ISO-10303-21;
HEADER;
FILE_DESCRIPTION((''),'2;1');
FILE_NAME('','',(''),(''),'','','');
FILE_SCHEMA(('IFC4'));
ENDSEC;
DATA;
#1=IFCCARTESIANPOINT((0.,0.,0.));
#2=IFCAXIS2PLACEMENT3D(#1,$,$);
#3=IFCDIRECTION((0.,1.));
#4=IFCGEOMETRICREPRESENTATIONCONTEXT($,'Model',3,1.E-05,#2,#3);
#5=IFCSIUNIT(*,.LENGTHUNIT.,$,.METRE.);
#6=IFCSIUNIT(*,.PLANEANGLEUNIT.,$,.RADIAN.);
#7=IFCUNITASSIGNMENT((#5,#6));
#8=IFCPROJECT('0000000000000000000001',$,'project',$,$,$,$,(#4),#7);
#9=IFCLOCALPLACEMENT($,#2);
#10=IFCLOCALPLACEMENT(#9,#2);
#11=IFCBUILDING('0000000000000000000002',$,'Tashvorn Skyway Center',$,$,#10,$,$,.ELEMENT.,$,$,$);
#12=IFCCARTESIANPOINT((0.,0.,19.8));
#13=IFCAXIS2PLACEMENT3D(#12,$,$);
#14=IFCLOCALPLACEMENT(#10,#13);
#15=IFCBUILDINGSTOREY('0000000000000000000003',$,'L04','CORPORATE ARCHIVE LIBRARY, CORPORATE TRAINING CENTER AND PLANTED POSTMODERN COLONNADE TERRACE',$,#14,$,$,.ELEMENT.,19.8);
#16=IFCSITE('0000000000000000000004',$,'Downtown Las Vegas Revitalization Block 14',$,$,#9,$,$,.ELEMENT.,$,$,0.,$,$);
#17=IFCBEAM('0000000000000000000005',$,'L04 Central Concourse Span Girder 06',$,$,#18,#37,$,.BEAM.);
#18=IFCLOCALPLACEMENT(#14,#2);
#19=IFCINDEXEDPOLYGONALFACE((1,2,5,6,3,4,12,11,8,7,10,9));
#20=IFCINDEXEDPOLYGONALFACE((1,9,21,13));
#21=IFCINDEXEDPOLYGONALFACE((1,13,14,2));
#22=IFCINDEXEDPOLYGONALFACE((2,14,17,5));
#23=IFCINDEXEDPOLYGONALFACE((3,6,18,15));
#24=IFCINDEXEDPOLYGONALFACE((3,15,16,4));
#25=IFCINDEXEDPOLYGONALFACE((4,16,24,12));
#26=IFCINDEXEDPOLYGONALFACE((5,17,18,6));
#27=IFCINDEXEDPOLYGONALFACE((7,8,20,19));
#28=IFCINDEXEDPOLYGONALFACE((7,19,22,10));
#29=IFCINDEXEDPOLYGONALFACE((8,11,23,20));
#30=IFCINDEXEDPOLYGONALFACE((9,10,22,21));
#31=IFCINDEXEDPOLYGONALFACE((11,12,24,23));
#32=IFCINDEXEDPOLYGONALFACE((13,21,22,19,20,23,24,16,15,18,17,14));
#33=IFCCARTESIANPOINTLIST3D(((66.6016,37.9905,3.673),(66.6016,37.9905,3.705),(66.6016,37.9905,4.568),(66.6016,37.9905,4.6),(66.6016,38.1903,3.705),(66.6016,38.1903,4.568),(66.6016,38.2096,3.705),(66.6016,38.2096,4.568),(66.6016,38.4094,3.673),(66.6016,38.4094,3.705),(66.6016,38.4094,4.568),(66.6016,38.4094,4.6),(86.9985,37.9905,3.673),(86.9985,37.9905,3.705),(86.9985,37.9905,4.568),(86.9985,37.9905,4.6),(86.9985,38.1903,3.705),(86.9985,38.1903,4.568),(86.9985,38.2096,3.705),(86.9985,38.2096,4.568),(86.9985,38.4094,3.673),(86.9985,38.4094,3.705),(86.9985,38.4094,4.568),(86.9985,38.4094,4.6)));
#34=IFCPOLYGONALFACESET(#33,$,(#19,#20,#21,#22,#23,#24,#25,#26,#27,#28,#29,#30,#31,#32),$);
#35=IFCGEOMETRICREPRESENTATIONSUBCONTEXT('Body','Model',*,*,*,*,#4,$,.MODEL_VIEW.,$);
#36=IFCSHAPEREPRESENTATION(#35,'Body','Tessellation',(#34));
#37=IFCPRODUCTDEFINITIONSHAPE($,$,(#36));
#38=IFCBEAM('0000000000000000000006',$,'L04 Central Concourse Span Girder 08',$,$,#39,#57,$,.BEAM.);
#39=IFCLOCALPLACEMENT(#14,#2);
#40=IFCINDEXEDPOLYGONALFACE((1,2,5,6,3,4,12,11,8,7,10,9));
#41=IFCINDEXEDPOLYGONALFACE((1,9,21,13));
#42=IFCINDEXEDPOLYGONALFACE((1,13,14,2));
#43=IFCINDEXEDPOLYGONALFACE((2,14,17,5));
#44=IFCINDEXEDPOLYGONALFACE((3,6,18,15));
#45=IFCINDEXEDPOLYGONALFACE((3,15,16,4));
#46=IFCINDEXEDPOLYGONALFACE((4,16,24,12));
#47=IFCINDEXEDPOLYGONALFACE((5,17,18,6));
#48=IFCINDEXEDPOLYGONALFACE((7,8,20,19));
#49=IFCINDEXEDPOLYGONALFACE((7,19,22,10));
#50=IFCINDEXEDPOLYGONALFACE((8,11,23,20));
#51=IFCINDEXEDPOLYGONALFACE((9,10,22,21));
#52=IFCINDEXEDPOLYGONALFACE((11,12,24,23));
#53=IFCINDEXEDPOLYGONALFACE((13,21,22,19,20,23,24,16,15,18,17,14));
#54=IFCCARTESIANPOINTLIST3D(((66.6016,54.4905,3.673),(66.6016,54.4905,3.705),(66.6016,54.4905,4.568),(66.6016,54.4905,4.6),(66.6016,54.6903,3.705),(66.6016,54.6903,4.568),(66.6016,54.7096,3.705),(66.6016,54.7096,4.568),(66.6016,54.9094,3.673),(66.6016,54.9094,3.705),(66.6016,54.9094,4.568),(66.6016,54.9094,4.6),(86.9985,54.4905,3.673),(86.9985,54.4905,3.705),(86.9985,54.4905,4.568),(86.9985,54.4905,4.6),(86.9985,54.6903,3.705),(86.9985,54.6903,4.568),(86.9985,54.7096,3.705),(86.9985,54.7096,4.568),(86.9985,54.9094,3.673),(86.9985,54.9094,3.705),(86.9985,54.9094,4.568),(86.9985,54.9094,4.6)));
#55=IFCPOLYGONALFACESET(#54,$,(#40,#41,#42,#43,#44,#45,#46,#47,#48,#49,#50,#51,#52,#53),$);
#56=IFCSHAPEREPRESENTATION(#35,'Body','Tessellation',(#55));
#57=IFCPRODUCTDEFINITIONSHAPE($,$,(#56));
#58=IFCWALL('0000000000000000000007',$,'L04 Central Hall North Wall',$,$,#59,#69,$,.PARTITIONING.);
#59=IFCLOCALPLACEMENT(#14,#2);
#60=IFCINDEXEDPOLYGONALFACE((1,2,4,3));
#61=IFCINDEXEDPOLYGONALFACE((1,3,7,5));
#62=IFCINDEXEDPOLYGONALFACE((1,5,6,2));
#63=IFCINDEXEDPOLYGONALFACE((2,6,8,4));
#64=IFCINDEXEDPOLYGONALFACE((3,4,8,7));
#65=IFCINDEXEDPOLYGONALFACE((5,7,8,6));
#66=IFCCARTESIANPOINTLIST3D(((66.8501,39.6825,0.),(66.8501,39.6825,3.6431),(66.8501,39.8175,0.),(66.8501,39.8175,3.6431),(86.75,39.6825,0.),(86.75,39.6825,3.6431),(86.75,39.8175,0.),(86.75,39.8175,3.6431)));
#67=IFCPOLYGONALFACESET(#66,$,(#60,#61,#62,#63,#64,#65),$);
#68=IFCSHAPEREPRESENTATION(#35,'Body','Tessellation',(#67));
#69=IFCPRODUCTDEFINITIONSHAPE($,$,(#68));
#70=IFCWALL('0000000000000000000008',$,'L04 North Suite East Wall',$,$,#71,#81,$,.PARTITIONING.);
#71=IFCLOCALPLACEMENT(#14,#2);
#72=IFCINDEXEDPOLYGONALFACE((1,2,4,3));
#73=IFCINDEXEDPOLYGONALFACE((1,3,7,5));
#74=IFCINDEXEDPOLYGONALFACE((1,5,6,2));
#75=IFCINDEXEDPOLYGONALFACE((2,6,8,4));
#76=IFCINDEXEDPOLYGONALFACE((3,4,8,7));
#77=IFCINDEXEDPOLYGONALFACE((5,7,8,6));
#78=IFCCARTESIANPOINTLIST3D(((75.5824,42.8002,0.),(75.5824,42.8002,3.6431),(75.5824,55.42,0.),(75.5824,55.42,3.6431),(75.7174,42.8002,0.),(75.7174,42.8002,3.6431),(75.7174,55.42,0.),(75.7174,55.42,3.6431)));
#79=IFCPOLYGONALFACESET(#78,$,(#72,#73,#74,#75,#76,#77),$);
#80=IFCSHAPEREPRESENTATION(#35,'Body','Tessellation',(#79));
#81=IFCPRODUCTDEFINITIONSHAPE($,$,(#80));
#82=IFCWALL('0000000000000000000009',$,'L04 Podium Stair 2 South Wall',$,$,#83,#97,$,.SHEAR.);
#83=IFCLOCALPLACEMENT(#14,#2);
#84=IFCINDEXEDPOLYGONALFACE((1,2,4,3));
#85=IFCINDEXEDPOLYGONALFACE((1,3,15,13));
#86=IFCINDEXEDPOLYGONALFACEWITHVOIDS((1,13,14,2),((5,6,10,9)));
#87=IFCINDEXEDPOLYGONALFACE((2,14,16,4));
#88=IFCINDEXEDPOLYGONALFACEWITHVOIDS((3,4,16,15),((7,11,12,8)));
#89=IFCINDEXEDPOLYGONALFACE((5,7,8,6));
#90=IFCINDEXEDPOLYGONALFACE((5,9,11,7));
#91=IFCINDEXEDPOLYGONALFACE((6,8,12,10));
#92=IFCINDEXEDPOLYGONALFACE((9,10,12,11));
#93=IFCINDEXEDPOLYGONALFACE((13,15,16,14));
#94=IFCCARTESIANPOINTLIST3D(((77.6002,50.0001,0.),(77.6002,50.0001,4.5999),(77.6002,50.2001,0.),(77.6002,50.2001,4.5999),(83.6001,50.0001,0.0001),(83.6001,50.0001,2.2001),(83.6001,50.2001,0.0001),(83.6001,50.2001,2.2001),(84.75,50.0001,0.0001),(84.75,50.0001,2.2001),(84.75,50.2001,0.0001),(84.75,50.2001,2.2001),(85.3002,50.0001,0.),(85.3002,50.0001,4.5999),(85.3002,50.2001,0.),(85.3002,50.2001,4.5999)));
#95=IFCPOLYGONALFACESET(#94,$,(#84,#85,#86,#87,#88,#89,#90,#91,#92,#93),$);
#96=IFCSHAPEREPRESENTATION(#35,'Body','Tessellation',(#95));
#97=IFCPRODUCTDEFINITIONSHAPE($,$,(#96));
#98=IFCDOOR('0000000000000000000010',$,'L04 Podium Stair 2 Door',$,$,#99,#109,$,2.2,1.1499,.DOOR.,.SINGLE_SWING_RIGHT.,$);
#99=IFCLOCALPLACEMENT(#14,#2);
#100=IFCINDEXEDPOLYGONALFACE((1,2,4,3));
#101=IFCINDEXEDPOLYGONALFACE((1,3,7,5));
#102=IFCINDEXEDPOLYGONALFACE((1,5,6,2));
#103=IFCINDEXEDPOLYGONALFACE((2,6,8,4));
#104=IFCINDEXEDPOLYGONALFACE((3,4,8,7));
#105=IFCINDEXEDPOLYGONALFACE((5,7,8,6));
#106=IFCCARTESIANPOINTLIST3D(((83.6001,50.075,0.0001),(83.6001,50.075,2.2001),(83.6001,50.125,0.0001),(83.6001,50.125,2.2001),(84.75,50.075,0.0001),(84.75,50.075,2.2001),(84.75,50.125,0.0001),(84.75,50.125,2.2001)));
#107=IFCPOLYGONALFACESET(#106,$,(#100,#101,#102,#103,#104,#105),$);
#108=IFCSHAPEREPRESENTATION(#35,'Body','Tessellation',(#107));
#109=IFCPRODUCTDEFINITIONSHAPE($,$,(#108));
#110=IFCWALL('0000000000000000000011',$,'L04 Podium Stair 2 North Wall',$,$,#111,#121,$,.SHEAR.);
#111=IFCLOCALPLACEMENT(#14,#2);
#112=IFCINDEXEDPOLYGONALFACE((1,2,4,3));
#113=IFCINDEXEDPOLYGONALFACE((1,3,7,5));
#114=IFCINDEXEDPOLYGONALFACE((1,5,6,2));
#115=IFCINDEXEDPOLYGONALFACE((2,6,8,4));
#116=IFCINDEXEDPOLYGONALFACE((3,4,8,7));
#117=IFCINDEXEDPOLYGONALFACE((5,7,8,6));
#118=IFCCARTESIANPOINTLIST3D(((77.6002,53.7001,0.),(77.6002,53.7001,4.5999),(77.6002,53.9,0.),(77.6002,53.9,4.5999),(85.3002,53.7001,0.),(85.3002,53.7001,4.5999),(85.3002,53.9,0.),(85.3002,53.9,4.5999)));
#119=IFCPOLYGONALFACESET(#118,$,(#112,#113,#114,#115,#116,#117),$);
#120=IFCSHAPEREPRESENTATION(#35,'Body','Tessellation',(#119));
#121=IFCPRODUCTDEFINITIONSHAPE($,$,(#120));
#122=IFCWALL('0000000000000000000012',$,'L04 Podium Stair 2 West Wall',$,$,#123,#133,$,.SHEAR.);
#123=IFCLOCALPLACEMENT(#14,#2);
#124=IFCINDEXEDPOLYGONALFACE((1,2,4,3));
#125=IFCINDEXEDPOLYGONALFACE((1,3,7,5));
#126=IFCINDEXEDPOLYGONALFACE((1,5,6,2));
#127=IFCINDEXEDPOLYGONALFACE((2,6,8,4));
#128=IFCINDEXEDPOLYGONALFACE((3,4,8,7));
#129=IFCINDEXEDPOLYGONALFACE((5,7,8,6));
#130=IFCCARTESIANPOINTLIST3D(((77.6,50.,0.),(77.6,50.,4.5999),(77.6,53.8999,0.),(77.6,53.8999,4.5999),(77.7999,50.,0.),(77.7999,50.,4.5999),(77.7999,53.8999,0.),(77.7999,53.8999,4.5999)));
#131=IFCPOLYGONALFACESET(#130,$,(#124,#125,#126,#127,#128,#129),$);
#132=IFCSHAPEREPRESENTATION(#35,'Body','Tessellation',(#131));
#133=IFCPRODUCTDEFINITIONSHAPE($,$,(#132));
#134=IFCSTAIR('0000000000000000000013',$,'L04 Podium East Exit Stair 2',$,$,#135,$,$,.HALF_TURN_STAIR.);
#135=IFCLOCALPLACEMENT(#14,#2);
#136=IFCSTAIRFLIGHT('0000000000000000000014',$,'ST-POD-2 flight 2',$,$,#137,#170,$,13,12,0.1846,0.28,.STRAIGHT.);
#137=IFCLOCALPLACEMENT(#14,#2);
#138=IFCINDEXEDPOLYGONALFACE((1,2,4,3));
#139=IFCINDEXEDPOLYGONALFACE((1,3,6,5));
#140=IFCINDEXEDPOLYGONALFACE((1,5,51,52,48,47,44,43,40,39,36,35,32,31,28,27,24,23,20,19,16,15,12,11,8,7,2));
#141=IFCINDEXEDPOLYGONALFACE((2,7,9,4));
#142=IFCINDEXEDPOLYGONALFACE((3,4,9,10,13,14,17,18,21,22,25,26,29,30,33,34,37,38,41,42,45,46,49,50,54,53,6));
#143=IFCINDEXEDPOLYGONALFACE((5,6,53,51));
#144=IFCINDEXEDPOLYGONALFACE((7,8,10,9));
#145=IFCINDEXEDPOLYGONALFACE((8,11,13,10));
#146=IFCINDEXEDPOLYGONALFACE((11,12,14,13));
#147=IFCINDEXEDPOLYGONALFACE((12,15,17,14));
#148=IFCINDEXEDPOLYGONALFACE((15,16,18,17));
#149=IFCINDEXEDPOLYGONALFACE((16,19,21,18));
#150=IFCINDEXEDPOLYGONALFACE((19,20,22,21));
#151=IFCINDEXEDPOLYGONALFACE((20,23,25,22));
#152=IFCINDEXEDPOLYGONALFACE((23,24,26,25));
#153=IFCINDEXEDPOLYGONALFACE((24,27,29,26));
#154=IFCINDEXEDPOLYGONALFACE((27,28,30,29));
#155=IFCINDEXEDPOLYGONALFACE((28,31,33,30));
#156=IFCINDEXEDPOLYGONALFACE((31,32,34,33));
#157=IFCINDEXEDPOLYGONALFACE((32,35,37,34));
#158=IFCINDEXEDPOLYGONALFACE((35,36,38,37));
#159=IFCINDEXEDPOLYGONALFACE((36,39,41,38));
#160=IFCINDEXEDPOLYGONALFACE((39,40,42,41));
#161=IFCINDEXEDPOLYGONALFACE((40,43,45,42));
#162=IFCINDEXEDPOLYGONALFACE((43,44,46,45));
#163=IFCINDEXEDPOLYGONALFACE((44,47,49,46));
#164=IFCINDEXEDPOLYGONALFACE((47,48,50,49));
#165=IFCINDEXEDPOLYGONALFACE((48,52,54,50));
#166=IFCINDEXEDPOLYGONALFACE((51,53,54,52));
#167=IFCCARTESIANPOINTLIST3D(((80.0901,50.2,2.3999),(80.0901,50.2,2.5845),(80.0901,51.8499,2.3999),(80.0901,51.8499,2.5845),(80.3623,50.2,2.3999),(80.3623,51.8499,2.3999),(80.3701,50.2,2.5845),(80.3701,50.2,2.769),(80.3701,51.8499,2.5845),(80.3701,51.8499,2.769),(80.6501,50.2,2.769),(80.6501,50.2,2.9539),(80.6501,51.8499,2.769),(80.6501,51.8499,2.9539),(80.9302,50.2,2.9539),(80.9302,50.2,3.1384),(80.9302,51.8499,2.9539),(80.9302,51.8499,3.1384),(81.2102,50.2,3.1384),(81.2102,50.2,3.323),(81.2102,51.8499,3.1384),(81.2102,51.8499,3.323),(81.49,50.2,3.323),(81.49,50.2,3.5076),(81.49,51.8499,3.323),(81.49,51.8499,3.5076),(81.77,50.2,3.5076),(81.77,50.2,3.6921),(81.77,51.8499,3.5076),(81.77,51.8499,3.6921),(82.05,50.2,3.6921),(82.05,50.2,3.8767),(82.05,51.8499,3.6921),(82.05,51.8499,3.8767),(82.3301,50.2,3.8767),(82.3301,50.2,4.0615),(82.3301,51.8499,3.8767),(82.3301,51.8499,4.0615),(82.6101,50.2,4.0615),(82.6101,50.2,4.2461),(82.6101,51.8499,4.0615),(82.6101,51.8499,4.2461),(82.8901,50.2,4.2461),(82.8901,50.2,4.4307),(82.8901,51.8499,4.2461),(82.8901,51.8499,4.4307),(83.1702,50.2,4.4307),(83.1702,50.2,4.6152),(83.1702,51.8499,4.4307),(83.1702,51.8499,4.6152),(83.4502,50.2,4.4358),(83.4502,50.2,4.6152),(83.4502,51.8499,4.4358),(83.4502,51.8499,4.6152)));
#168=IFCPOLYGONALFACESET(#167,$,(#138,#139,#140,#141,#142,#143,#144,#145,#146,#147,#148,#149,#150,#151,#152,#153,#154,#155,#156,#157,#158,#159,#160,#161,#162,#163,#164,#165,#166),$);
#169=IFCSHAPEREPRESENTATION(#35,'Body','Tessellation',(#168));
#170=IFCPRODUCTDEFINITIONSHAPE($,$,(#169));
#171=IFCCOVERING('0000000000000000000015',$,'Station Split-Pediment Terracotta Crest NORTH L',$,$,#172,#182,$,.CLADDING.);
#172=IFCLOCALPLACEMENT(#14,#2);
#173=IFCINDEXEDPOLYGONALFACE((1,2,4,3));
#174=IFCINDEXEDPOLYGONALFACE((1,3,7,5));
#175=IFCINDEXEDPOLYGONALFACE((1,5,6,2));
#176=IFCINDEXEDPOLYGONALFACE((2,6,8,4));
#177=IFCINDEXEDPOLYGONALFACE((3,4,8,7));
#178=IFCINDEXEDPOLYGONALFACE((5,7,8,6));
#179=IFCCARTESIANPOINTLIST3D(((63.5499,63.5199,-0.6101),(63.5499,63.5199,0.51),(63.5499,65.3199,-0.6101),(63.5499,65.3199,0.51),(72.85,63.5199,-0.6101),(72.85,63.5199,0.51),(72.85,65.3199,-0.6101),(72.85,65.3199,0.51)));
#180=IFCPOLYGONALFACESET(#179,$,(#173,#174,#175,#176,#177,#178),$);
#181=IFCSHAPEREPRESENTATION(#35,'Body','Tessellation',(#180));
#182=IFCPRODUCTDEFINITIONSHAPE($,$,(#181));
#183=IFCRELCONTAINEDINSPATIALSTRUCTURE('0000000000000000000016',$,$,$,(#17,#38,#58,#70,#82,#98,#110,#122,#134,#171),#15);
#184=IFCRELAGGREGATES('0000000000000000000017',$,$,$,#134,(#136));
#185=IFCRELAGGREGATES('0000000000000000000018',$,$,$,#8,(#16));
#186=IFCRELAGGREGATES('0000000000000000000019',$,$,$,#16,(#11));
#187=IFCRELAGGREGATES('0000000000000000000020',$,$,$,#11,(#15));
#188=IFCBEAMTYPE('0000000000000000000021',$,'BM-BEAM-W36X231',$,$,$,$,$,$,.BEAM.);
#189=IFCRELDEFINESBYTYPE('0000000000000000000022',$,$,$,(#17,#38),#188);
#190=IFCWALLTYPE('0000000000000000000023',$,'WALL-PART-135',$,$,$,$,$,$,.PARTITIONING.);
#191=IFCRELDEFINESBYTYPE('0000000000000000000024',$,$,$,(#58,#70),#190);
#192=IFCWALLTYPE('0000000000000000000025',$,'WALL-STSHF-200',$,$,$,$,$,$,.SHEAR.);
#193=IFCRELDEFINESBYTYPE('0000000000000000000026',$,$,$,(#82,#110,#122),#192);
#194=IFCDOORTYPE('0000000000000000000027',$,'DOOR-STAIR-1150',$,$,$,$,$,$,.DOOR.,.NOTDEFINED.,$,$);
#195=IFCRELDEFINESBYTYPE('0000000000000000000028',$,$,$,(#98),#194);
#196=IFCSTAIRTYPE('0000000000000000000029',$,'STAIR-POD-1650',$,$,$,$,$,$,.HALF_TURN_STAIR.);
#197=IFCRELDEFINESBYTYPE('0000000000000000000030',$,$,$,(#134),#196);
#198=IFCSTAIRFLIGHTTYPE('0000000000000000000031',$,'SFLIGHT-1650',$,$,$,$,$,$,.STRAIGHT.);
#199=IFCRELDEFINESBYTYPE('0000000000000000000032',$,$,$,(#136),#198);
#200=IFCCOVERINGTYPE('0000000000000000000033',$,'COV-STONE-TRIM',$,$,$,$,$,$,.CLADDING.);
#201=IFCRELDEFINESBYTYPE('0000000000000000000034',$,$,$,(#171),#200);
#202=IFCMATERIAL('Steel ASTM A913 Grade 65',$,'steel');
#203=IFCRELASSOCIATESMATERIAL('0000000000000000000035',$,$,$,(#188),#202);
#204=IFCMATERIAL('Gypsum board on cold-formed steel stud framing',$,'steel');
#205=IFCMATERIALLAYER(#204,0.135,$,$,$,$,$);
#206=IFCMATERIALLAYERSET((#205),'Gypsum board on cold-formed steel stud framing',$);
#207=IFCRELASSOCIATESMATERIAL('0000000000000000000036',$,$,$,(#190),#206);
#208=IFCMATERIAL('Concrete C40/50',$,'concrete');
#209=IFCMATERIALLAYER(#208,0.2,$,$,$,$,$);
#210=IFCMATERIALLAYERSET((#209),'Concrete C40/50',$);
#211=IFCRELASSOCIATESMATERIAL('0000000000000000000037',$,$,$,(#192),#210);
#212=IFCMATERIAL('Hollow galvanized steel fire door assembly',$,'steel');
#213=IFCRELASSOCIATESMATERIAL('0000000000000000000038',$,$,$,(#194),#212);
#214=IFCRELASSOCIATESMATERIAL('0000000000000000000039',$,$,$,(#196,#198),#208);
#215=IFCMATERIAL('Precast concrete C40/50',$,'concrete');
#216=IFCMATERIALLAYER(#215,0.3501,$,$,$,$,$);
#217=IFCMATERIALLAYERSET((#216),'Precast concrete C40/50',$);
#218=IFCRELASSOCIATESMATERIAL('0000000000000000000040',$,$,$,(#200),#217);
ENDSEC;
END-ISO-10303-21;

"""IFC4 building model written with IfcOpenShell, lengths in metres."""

from ifc_helpers import new_model, si_unit, direction, frame, frame_2d, origin, origin_2d, place, context, subcontext, project, spatial, polyline, rectangle, i_section, outline, extrude, material, layer, layer_set, material_profile, profile_set, type_object, element, fill, aggregate, save


model = new_model("IFC4")

# Units and contexts
model_context = context("Model", 3, precision=1e-05, world=origin(), true_north=direction((0.0, 1.0)))
body_context = subcontext(model_context, "Body", "Model", "MODEL_VIEW")
ifc_project = project(units=[si_unit("LENGTHUNIT", "METRE"), si_unit("PLANEANGLEUNIT", "RADIAN")], contexts=[model_context])

# Site, building, storey
site_placement = place(None, origin())
site = spatial("IfcSite", under=ifc_project, at=site_placement, Name="Downtown Las Vegas Revitalization Block 14", CompositionType="ELEMENT", RefElevation=0.0)
building_placement = place(site_placement, origin())
building = spatial("IfcBuilding", under=site, at=building_placement, Name="Tashvorn Skyway Center", CompositionType="ELEMENT")
storey_placement = place(building_placement, frame((0.0, 0.0, 19.8)))
storey = spatial("IfcBuildingStorey", under=building, at=storey_placement, Name="L04", Description="CORPORATE ARCHIVE LIBRARY, CORPORATE TRAINING CENTER AND PLANTED POSTMODERN COLONNADE TERRACE", CompositionType="ELEMENT", Elevation=19.8)

# Beams
ifc_material_1 = material(Name="Steel ASTM A913 Grade 65", Category="steel")
ifc_material_profile_1 = material_profile(ifc_material_1, i_section(OverallWidth=0.4189, OverallDepth=0.927, WebThickness=0.0193, FlangeThickness=0.032, at=origin_2d()), Name="W36X231")
ifc_profile_set_1 = profile_set([ifc_material_profile_1], Name="Steel ASTM A913 Grade 65")
beam_type_1 = type_object("IfcBeamType", Name="BM-BEAM-W36X231", PredefinedType="BEAM", material=ifc_profile_set_1)
for number, where, z_axis, x_axis, name in (
    (1, (66.6016, 38.2, 4.1365), (1.0, 0.0, 0.0), (0.0, 1.0, 0.0), "L04 Central Concourse Span Girder 06"),
    (2, (66.6016, 54.7, 4.1365), (1.0, 0.0, 0.0), (0.0, 1.0, 0.0), "L04 Central Concourse Span Girder 08"),
):
    element("IfcBeam", number, at=place(storey_placement, frame(where, z_axis=z_axis, x_axis=x_axis)), inside=storey, type_object=beam_type_1, Name=name, PredefinedType="BEAM", context=body_context, shape_type="SweptSolid", body=[
        extrude(i_section(OverallWidth=0.4189, OverallDepth=0.927, WebThickness=0.0193, FlangeThickness=0.032, at=origin_2d()), origin(), (0.0, 0.0, 1.0), 20.397),
    ])

# Walls
ifc_material_2 = material(Name="Gypsum board on cold-formed steel stud framing", Category="steel")
ifc_layer_1 = layer(ifc_material_2, 0.135)
ifc_layer_set_1 = layer_set([ifc_layer_1], Name="Gypsum board on cold-formed steel stud framing")
wall_type_1 = type_object("IfcWallType", Name="WALL-PART-135", PredefinedType="PARTITIONING", material=ifc_layer_set_1)
wall_1_placement = place(storey_placement, frame((66.8501, 39.75, 0.0), z_axis=(0.0, 0.0, 1.0), x_axis=(1.0, 0.0, 0.0)))
element("IfcWall", 3, at=wall_1_placement, inside=storey, type_object=wall_type_1, Name="L04 Central Hall North Wall", PredefinedType="PARTITIONING", context=body_context, shape_type="SweptSolid", body=[
    extrude(rectangle(XDim=19.8999, YDim=0.135, at=frame_2d((9.95, 0.0))), origin(), (0.0, 0.0, 1.0), 3.6431),
])
wall_2_placement = place(storey_placement, frame((75.6499, 42.8, 0.0), z_axis=(0.0, 0.0, 1.0), x_axis=(0.0, 1.0, 0.0)))
element("IfcWall", 4, at=wall_2_placement, inside=storey, type_object=wall_type_1, Name="L04 North Suite East Wall", PredefinedType="PARTITIONING", context=body_context, shape_type="SweptSolid", body=[
    extrude(rectangle(XDim=12.6199, YDim=0.135, at=frame_2d((6.3101, 0.0))), origin(), (0.0, 0.0, 1.0), 3.6431),
])

# Wall, opening, door
ifc_material_3 = material(Name="Concrete C40/50", Category="concrete")
ifc_layer_2 = layer(ifc_material_3, 0.2)
ifc_layer_set_2 = layer_set([ifc_layer_2], Name="Concrete C40/50")
wall_type_2 = type_object("IfcWallType", Name="WALL-STSHF-200", PredefinedType="SHEAR", material=ifc_layer_set_2)
wall_3_placement = place(storey_placement, frame((77.6001, 50.1001, 0.0), z_axis=(0.0, 0.0, 1.0), x_axis=(1.0, 0.0, 0.0)))
wall_3 = element("IfcWall", 5, at=wall_3_placement, inside=storey, type_object=wall_type_2, Name="L04 Podium Stair 2 South Wall", PredefinedType="SHEAR", context=body_context, shape_type="SweptSolid", body=[
    extrude(rectangle(XDim=7.7, YDim=0.2, at=frame_2d((3.8501, 0.0))), origin(), (0.0, 0.0, 1.0), 4.5999),
])
opening_placement = place(wall_3_placement, frame((6.0, 0.0, 0.0)))
opening = element("IfcOpeningElement", 6, at=opening_placement, cuts=wall_3, PredefinedType="OPENING", context=body_context, shape_type="SweptSolid", body=[
    extrude(rectangle(XDim=1.1499, YDim=2.2, at=frame_2d((0.575, 1.1001))), frame((0.0, 0.1099, 0.0), z_axis=(0.0, -1.0, 0.0), x_axis=(1.0, 0.0, 0.0)), (0.0, 0.0, 1.0), 0.22),
])
ifc_material_4 = material(Name="Hollow galvanized steel fire door assembly", Category="steel")
door_type = type_object("IfcDoorType", Name="DOOR-STAIR-1150", OperationType="NOTDEFINED", PredefinedType="DOOR", material=ifc_material_4)
door_placement = place(opening_placement, origin())
door = element("IfcDoor", 7, at=door_placement, inside=storey, type_object=door_type, Name="L04 Podium Stair 2 Door", OperationType="SINGLE_SWING_RIGHT", OverallHeight=2.2, OverallWidth=1.1499, PredefinedType="DOOR", context=body_context, shape_type="SweptSolid", body=[
    extrude(rectangle(XDim=1.1499, YDim=2.2, at=frame_2d((0.575, 1.1001))), frame((0.0, 0.0249, 0.0), z_axis=(0.0, -1.0, 0.0), x_axis=(1.0, 0.0, 0.0)), (0.0, 0.0, 1.0), 0.05),
])
fill(opening, door)

# Walls
wall_4_placement = place(storey_placement, frame((77.6001, 53.8, 0.0), z_axis=(0.0, 0.0, 1.0), x_axis=(1.0, 0.0, 0.0)))
element("IfcWall", 8, at=wall_4_placement, inside=storey, type_object=wall_type_2, Name="L04 Podium Stair 2 North Wall", PredefinedType="SHEAR", context=body_context, shape_type="SweptSolid", body=[
    extrude(rectangle(XDim=7.7, YDim=0.2, at=frame_2d((3.8501, 0.0))), origin(), (0.0, 0.0, 1.0), 4.5999),
])
wall_5_placement = place(storey_placement, frame((77.7, 50.0, 0.0), z_axis=(0.0, 0.0, 1.0), x_axis=(0.0, 1.0, 0.0)))
element("IfcWall", 9, at=wall_5_placement, inside=storey, type_object=wall_type_2, Name="L04 Podium Stair 2 West Wall", PredefinedType="SHEAR", context=body_context, shape_type="SweptSolid", body=[
    extrude(rectangle(XDim=3.8999, YDim=0.2, at=frame_2d((1.95, 0.0))), origin(), (0.0, 0.0, 1.0), 4.5999),
])

# Stair, stair flight
stair_type = type_object("IfcStairType", Name="STAIR-POD-1650", PredefinedType="HALF_TURN_STAIR", material=ifc_material_3)
stair_placement = place(storey_placement, origin())
stair = element("IfcStair", 10, at=stair_placement, inside=storey, type_object=stair_type, Name="L04 Podium East Exit Stair 2", PredefinedType="HALF_TURN_STAIR")
stair_flight_type = type_object("IfcStairFlightType", Name="SFLIGHT-1650", PredefinedType="STRAIGHT", material=ifc_material_3)
stair_flight_placement = place(storey_placement, frame((80.0901, 51.0249, 2.3999), z_axis=(0.0, 0.0, 1.0), x_axis=(1.0, 0.0, 0.0)))
stair_flight = element("IfcStairFlight", 11, at=stair_flight_placement, type_object=stair_flight_type, Name="ST-POD-2 flight 2", NumberOfRisers=13, NumberOfTreads=12, PredefinedType="STRAIGHT", RiserHeight=0.1846, TreadLength=0.28, context=body_context, shape_type="SweptSolid", body=[
    extrude(outline(polyline([(0.0, 0.0), (0.0, 0.1846), (0.28, 0.1846), (0.28, 0.3691), (0.5601, 0.3691), (0.5601, 0.554), (0.8401, 0.554), (0.8401, 0.7385), (1.1201, 0.7385), (1.1201, 0.9231), (1.3999, 0.9231), (1.3999, 1.1077), (1.6799, 1.1077), (1.6799, 1.2922), (1.96, 1.2922), (1.96, 1.4768), (2.24, 1.4768), (2.24, 1.6616), (2.52, 1.6616), (2.52, 1.8462), (2.8, 1.8462), (2.8, 2.0308), (3.0801, 2.0308), (3.0801, 2.2153), (3.3601, 2.2153), (3.3601, 2.3999), (3.3601, 2.0359), (0.2722, 0.0), (0.0, 0.0)])), frame((0.0, 0.825, 0.0), z_axis=(0.0, -1.0, 0.0), x_axis=(1.0, 0.0, 0.0)), (0.0, 0.0, 1.0), 1.6499),
])
aggregate(stair, [stair_flight])

# Covering
ifc_material_5 = material(Name="Precast concrete C40/50", Category="concrete")
ifc_layer_3 = layer(ifc_material_5, 0.3501)
ifc_layer_set_3 = layer_set([ifc_layer_3], Name="Precast concrete C40/50")
covering_type = type_object("IfcCoveringType", Name="COV-STONE-TRIM", PredefinedType="CLADDING", material=ifc_layer_set_3)
covering_1_placement = place(storey_placement, frame((68.2, 64.4199, -0.6101), z_axis=(0.0, 0.0, 1.0), x_axis=(1.0, 0.0, 0.0)))
element("IfcCovering", 12, at=covering_1_placement, inside=storey, type_object=covering_type, Name="Station Split-Pediment Terracotta Crest NORTH L", PredefinedType="CLADDING", context=body_context, shape_type="SweptSolid", body=[
    extrude(rectangle(XDim=9.3, YDim=1.8, at=origin_2d()), origin(), (0.0, 0.0, 1.0), 1.1201),
])

save(model, "model.ifc")
